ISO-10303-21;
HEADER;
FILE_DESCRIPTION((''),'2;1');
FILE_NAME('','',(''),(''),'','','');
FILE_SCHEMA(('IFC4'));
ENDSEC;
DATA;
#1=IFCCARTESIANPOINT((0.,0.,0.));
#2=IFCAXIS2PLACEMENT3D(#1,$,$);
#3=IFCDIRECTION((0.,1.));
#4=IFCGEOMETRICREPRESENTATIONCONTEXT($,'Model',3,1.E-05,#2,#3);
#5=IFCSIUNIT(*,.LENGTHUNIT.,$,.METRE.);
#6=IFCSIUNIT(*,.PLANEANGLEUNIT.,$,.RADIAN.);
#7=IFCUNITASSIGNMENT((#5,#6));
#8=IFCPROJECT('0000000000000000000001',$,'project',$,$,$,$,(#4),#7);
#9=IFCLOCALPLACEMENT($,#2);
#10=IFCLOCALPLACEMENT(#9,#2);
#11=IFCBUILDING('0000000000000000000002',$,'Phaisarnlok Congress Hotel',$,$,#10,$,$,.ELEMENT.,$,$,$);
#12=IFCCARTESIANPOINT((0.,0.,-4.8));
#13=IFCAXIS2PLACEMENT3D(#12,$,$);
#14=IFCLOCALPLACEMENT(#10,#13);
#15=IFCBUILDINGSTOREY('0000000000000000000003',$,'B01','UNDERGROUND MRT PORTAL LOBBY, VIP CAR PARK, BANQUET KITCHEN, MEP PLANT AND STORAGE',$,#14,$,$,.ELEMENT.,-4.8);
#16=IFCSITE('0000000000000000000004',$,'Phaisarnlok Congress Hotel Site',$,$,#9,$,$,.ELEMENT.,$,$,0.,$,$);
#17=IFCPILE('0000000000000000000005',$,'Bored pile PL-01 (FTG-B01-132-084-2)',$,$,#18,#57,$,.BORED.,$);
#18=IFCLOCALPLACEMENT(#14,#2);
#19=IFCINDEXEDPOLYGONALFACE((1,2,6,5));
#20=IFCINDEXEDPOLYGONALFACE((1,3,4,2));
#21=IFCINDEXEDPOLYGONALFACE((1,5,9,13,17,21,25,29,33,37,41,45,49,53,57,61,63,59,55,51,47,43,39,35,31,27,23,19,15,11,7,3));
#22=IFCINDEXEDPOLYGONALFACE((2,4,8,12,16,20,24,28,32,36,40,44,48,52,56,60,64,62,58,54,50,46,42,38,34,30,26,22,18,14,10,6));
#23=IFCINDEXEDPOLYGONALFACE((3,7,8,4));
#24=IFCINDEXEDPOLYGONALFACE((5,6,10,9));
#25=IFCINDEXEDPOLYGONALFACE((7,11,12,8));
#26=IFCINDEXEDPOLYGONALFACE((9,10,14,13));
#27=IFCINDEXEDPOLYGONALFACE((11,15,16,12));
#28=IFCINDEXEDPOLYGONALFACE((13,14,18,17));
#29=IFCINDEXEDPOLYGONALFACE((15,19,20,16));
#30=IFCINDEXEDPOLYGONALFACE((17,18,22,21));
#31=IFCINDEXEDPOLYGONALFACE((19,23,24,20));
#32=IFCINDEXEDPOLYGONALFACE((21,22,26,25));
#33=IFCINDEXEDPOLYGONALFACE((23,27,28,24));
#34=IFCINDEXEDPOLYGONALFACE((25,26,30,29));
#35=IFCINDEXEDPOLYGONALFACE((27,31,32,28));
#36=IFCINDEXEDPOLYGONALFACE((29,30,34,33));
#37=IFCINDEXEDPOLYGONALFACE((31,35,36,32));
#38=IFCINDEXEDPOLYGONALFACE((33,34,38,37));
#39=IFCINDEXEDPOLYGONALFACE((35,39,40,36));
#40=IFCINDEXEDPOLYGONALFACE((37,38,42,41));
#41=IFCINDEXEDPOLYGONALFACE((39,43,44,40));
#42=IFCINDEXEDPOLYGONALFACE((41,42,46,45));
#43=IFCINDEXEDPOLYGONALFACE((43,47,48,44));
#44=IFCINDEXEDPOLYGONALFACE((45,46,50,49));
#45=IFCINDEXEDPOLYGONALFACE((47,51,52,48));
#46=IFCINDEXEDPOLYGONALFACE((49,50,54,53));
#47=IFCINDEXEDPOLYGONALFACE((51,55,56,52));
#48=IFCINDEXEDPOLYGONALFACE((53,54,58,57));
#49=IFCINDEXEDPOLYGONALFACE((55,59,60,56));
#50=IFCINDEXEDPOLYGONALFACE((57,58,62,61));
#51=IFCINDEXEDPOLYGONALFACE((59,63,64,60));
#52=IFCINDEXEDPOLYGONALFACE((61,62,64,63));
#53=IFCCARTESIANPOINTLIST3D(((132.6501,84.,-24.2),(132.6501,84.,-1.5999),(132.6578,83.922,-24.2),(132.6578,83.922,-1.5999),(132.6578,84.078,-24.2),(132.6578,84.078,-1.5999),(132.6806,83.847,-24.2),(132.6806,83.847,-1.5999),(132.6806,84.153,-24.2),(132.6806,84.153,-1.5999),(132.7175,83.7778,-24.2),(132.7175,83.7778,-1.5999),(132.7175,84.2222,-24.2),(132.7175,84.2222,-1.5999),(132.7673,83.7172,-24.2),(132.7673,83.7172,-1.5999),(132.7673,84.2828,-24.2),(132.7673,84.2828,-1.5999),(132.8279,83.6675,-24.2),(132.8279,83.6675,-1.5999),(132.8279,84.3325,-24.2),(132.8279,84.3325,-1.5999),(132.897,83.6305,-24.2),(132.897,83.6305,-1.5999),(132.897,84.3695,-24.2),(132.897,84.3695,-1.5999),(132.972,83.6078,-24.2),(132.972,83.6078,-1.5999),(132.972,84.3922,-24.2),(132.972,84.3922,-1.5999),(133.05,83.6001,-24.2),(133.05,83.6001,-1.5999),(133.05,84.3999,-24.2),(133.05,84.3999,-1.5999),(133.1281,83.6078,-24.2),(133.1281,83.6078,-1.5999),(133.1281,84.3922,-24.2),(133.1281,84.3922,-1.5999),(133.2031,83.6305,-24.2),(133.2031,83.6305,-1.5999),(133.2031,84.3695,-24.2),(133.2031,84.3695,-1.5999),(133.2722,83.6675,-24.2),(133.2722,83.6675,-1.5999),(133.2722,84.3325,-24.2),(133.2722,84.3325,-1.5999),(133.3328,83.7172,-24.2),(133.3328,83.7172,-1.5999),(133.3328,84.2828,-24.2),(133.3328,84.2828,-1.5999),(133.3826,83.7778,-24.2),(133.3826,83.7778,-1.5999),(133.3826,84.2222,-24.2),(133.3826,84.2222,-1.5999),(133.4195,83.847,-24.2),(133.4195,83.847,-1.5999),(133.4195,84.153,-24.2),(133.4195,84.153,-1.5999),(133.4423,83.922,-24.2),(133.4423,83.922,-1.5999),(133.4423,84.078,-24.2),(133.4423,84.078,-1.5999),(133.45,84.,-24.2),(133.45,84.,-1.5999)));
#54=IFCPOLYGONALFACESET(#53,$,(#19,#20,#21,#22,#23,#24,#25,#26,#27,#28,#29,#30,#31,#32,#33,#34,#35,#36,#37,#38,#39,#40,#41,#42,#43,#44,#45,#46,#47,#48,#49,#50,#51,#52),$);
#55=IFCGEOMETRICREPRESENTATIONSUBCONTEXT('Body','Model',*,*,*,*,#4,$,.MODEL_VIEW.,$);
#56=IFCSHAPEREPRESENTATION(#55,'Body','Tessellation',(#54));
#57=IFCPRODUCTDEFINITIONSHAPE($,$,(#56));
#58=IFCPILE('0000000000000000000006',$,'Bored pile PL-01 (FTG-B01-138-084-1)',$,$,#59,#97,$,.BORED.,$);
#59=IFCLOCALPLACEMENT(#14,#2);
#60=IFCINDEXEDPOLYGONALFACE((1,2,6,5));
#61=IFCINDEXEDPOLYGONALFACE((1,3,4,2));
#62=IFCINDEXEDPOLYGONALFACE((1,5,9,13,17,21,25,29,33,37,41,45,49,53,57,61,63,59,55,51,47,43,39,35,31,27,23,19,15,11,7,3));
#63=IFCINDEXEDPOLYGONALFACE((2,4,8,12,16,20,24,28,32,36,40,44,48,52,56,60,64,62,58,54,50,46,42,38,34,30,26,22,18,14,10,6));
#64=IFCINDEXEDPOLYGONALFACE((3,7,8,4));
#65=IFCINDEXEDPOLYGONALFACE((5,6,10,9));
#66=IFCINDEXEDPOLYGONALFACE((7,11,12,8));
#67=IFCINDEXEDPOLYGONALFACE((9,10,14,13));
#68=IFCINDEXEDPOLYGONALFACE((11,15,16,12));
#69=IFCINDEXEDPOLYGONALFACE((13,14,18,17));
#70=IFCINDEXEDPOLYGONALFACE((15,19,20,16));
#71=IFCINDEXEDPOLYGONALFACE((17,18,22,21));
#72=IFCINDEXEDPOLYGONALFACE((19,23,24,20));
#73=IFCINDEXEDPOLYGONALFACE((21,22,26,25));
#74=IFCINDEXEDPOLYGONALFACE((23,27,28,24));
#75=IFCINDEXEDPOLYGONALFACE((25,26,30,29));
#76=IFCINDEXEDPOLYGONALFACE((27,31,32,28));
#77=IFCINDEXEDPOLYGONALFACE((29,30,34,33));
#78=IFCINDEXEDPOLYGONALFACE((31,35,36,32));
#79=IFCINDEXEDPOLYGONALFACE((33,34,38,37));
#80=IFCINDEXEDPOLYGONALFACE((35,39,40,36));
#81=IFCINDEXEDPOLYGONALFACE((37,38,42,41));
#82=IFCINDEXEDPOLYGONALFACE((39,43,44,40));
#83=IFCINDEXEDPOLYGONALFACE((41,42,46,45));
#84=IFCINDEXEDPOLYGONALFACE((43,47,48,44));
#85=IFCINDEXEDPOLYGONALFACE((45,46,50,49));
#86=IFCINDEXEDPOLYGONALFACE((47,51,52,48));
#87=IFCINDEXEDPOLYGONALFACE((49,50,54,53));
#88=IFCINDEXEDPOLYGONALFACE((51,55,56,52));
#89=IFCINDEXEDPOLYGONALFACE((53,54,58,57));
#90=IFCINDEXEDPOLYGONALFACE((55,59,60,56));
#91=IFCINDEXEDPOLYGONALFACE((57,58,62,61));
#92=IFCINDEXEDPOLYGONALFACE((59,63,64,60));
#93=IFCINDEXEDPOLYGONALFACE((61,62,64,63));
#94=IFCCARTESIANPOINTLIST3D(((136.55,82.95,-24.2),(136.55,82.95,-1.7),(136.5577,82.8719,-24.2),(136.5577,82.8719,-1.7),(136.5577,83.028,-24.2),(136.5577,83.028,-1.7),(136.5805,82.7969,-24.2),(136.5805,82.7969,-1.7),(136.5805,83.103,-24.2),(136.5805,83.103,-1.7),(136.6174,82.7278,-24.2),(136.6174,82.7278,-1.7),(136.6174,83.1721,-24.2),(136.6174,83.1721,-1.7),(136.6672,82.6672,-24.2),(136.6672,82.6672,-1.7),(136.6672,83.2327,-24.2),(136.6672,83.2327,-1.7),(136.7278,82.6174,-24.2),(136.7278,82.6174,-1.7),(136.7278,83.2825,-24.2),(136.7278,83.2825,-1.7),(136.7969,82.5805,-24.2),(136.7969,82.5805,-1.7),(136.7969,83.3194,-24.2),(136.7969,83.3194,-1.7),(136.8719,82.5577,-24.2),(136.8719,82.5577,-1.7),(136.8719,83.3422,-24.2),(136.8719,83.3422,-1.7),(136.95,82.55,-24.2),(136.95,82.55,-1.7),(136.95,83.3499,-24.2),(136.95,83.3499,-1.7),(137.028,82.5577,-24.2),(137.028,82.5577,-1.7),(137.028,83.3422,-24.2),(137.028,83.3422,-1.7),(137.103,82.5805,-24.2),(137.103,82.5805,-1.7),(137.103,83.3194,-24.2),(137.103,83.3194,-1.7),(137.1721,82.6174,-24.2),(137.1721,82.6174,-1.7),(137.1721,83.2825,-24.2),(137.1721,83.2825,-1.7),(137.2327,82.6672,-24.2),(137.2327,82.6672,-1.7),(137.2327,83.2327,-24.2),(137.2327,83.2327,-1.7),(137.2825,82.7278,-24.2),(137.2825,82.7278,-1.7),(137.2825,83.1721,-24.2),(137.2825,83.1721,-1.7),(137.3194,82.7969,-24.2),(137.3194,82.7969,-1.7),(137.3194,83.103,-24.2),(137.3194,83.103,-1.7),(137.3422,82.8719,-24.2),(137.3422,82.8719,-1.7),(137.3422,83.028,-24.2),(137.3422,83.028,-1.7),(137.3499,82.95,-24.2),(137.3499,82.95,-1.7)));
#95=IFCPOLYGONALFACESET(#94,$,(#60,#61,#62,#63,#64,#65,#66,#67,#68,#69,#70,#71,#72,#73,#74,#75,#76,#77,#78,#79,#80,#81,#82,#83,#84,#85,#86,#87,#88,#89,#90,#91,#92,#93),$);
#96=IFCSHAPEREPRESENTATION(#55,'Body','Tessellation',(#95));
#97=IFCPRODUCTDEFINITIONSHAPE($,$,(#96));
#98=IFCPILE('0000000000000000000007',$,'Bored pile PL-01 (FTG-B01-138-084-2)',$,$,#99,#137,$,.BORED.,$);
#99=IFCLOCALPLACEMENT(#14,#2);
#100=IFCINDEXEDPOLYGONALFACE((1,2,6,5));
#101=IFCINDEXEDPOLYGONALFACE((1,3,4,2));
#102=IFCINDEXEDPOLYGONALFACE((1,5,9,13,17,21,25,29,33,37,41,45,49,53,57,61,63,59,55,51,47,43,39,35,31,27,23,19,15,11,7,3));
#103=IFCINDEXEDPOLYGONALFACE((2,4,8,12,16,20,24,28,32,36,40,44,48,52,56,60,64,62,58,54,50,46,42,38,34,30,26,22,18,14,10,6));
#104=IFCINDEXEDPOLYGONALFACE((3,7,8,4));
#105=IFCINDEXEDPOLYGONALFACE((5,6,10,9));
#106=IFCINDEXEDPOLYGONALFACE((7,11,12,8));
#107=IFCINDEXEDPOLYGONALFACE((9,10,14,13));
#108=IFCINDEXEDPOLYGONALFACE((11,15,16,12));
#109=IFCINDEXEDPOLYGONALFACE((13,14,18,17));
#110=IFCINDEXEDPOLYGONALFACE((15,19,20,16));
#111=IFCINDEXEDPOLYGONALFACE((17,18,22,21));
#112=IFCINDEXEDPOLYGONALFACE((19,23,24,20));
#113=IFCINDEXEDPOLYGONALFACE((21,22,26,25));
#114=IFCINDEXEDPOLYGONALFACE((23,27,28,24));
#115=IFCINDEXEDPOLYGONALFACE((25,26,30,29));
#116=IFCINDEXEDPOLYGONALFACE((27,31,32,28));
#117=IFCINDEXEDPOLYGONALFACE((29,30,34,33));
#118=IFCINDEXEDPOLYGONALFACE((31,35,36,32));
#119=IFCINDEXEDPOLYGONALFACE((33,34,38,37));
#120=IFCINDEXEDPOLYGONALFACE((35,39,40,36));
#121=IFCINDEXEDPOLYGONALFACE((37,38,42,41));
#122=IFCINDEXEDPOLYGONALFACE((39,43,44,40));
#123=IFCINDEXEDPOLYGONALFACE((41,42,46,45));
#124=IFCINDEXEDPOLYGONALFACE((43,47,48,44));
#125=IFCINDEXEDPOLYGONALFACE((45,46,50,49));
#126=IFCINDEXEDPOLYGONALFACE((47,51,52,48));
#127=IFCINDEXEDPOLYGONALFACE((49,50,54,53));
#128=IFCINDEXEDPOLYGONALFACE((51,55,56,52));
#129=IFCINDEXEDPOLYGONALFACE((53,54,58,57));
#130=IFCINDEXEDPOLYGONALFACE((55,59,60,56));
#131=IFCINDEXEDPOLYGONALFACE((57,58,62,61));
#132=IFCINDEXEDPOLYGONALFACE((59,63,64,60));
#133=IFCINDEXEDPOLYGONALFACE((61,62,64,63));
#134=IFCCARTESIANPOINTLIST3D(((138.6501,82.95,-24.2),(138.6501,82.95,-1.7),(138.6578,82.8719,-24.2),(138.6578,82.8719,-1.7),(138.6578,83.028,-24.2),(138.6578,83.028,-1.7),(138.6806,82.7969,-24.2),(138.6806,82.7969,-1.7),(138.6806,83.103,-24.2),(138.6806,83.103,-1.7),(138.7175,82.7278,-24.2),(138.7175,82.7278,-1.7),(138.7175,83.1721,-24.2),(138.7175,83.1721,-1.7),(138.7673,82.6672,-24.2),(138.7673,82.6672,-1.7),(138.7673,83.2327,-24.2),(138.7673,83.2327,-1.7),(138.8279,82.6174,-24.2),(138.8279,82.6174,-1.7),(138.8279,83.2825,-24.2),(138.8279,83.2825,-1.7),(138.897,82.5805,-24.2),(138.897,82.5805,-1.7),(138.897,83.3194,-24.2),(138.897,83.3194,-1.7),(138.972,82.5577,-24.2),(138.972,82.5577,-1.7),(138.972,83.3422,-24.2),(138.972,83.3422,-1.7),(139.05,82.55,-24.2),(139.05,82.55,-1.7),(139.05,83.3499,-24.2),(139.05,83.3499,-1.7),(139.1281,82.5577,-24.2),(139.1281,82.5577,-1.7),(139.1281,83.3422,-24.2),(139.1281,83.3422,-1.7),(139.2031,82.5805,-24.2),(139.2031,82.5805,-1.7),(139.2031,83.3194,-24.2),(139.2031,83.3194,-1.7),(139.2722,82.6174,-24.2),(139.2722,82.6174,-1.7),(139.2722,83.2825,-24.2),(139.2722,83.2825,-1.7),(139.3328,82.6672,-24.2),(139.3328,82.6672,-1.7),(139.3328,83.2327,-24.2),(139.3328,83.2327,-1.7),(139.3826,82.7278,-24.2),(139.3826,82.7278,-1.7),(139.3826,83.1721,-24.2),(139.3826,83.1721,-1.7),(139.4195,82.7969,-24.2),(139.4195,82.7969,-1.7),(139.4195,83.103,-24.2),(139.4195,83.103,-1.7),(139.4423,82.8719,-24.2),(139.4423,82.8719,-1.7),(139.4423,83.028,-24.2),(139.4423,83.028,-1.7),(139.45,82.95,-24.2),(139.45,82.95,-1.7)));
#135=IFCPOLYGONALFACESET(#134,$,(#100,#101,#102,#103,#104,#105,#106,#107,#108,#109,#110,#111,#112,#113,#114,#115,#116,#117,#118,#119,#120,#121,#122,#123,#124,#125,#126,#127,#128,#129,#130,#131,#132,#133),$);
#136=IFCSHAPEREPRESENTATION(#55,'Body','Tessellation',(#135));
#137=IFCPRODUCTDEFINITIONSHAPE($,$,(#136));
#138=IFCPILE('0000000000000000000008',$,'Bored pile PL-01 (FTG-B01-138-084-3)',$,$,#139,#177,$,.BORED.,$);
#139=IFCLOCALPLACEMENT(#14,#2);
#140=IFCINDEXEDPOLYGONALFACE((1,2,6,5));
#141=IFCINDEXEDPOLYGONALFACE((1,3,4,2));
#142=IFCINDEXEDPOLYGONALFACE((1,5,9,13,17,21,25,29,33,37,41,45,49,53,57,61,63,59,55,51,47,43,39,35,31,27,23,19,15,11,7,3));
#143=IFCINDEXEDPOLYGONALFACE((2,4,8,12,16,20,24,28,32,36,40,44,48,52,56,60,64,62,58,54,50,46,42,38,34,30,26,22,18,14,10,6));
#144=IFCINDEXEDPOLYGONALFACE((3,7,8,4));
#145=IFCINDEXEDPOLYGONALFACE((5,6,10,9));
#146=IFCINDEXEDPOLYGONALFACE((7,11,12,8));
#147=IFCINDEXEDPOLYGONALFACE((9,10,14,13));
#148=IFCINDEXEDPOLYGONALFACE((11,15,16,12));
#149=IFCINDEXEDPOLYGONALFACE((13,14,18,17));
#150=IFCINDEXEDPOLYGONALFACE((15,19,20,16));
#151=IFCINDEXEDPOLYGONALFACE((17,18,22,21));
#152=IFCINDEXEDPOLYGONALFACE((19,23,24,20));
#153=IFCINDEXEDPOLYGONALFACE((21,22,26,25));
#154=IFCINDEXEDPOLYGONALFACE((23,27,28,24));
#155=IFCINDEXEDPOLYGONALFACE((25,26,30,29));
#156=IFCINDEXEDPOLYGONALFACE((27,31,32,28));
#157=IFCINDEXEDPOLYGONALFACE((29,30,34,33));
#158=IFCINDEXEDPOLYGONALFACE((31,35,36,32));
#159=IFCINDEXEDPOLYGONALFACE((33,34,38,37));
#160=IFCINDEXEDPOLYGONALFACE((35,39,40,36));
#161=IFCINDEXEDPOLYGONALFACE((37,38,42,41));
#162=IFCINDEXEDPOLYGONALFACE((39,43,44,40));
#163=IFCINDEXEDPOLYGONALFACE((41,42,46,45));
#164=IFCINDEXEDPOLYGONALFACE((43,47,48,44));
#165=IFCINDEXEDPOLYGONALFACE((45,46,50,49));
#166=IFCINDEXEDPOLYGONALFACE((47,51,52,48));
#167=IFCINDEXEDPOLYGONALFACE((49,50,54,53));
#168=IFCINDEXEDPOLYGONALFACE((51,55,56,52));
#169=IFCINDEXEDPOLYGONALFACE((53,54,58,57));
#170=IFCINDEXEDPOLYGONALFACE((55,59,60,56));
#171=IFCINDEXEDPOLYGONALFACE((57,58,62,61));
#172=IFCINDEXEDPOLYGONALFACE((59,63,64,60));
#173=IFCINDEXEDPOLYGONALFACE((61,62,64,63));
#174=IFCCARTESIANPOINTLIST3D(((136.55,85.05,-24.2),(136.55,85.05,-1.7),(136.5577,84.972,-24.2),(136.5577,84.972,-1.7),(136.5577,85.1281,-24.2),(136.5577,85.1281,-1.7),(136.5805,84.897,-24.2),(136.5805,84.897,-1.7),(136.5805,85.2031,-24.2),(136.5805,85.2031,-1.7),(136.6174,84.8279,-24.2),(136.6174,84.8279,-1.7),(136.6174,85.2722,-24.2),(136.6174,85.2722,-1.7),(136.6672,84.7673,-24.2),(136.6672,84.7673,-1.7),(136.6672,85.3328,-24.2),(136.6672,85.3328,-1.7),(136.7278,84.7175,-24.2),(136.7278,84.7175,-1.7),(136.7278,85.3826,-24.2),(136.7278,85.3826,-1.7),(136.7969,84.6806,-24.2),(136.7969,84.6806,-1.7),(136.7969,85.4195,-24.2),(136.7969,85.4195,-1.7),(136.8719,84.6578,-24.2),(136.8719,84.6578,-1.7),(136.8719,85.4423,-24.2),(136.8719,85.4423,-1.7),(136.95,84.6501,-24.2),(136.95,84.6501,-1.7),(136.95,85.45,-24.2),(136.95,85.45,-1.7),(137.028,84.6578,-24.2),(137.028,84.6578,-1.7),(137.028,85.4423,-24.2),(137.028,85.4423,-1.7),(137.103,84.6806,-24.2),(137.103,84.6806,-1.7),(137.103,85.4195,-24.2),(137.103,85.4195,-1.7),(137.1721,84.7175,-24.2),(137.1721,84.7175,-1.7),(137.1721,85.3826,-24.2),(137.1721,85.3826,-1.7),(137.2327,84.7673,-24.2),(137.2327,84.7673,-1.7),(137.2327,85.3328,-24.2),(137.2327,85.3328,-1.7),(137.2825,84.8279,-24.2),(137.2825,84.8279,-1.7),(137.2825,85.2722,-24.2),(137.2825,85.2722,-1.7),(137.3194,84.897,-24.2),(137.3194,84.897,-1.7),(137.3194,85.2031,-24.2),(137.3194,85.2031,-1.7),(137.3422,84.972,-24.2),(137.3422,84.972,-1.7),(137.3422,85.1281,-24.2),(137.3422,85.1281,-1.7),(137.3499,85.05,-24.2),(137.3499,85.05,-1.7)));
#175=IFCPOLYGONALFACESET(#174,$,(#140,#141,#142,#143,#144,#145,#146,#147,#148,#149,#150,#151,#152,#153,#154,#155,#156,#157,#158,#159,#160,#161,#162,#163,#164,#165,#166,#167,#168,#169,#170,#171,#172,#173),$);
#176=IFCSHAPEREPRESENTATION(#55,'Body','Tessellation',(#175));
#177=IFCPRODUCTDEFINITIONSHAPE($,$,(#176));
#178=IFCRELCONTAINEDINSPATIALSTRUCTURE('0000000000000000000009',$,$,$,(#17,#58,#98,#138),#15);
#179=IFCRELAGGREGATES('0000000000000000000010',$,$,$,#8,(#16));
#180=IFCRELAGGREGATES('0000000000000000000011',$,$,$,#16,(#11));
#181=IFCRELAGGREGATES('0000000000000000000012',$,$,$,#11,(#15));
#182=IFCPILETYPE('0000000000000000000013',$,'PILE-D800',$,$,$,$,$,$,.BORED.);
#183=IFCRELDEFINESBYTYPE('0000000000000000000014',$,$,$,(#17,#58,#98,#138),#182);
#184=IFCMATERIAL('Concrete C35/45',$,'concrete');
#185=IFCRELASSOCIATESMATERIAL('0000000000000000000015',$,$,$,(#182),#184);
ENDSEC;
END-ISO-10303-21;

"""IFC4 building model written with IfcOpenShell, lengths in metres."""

from ifc_helpers import new_model, si_unit, direction, frame, origin, origin_2d, place, context, subcontext, project, spatial, circle, extrude, material, material_profile, profile_set, type_object, element, save


model = new_model("IFC4")

# Units and contexts
model_context = context("Model", 3, precision=1e-05, world=origin(), true_north=direction((0.0, 1.0)))
body_context = subcontext(model_context, "Body", "Model", "MODEL_VIEW")
ifc_project = project(units=[si_unit("LENGTHUNIT", "METRE"), si_unit("PLANEANGLEUNIT", "RADIAN")], contexts=[model_context])

# Site, building, storey
site_placement = place(None, origin())
site = spatial("IfcSite", under=ifc_project, at=site_placement, Name="Phaisarnlok Congress Hotel Site", CompositionType="ELEMENT", RefElevation=0.0)
building_placement = place(site_placement, origin())
building = spatial("IfcBuilding", under=site, at=building_placement, Name="Phaisarnlok Congress Hotel", CompositionType="ELEMENT")
storey_placement = place(building_placement, frame((0.0, 0.0, -4.8)))
storey = spatial("IfcBuildingStorey", under=building, at=storey_placement, Name="B01", Description="UNDERGROUND MRT PORTAL LOBBY, VIP CAR PARK, BANQUET KITCHEN, MEP PLANT AND STORAGE", CompositionType="ELEMENT", Elevation=-4.8)

# Piles
ifc_material_1 = material(Name="Concrete C35/45", Category="concrete")
ifc_material_profile_1 = material_profile(ifc_material_1, circle(Radius=0.3999, at=origin_2d()), Name="BORED PILE D800")
ifc_profile_set_1 = profile_set([ifc_material_profile_1], Name="Concrete C35/45")
pile_type_1 = type_object("IfcPileType", Name="PILE-D800", PredefinedType="BORED", material=ifc_profile_set_1)
for number, where, z_axis, x_axis, name in (
    (1, (133.05, 84.0, -1.5999), (0.0, 0.0, -1.0), (1.0, 0.0, 0.0), "Bored pile PL-01 (FTG-B01-132-084-2)"),
):
    element("IfcPile", number, at=place(storey_placement, frame(where, z_axis=z_axis, x_axis=x_axis)), inside=storey, type_object=pile_type_1, Name=name, PredefinedType="BORED", context=body_context, shape_type="SweptSolid", body=[
        extrude(circle(Radius=0.3999, at=origin_2d()), origin(), (0.0, 0.0, 1.0), 22.6001),
    ])
for number, where, z_axis, x_axis, name in (
    (2, (136.95, 82.95, -1.7), (0.0, 0.0, -1.0), (1.0, 0.0, 0.0), "Bored pile PL-01 (FTG-B01-138-084-1)"),
    (3, (139.05, 82.95, -1.7), (0.0, 0.0, -1.0), (1.0, 0.0, 0.0), "Bored pile PL-01 (FTG-B01-138-084-2)"),
    (4, (136.95, 85.05, -1.7), (0.0, 0.0, -1.0), (1.0, 0.0, 0.0), "Bored pile PL-01 (FTG-B01-138-084-3)"),
):
    element("IfcPile", number, at=place(storey_placement, frame(where, z_axis=z_axis, x_axis=x_axis)), inside=storey, type_object=pile_type_1, Name=name, PredefinedType="BORED", context=body_context, shape_type="SweptSolid", body=[
        extrude(circle(Radius=0.3999, at=origin_2d()), origin(), (0.0, 0.0, 1.0), 22.5),
    ])

save(model, "model.ifc")
